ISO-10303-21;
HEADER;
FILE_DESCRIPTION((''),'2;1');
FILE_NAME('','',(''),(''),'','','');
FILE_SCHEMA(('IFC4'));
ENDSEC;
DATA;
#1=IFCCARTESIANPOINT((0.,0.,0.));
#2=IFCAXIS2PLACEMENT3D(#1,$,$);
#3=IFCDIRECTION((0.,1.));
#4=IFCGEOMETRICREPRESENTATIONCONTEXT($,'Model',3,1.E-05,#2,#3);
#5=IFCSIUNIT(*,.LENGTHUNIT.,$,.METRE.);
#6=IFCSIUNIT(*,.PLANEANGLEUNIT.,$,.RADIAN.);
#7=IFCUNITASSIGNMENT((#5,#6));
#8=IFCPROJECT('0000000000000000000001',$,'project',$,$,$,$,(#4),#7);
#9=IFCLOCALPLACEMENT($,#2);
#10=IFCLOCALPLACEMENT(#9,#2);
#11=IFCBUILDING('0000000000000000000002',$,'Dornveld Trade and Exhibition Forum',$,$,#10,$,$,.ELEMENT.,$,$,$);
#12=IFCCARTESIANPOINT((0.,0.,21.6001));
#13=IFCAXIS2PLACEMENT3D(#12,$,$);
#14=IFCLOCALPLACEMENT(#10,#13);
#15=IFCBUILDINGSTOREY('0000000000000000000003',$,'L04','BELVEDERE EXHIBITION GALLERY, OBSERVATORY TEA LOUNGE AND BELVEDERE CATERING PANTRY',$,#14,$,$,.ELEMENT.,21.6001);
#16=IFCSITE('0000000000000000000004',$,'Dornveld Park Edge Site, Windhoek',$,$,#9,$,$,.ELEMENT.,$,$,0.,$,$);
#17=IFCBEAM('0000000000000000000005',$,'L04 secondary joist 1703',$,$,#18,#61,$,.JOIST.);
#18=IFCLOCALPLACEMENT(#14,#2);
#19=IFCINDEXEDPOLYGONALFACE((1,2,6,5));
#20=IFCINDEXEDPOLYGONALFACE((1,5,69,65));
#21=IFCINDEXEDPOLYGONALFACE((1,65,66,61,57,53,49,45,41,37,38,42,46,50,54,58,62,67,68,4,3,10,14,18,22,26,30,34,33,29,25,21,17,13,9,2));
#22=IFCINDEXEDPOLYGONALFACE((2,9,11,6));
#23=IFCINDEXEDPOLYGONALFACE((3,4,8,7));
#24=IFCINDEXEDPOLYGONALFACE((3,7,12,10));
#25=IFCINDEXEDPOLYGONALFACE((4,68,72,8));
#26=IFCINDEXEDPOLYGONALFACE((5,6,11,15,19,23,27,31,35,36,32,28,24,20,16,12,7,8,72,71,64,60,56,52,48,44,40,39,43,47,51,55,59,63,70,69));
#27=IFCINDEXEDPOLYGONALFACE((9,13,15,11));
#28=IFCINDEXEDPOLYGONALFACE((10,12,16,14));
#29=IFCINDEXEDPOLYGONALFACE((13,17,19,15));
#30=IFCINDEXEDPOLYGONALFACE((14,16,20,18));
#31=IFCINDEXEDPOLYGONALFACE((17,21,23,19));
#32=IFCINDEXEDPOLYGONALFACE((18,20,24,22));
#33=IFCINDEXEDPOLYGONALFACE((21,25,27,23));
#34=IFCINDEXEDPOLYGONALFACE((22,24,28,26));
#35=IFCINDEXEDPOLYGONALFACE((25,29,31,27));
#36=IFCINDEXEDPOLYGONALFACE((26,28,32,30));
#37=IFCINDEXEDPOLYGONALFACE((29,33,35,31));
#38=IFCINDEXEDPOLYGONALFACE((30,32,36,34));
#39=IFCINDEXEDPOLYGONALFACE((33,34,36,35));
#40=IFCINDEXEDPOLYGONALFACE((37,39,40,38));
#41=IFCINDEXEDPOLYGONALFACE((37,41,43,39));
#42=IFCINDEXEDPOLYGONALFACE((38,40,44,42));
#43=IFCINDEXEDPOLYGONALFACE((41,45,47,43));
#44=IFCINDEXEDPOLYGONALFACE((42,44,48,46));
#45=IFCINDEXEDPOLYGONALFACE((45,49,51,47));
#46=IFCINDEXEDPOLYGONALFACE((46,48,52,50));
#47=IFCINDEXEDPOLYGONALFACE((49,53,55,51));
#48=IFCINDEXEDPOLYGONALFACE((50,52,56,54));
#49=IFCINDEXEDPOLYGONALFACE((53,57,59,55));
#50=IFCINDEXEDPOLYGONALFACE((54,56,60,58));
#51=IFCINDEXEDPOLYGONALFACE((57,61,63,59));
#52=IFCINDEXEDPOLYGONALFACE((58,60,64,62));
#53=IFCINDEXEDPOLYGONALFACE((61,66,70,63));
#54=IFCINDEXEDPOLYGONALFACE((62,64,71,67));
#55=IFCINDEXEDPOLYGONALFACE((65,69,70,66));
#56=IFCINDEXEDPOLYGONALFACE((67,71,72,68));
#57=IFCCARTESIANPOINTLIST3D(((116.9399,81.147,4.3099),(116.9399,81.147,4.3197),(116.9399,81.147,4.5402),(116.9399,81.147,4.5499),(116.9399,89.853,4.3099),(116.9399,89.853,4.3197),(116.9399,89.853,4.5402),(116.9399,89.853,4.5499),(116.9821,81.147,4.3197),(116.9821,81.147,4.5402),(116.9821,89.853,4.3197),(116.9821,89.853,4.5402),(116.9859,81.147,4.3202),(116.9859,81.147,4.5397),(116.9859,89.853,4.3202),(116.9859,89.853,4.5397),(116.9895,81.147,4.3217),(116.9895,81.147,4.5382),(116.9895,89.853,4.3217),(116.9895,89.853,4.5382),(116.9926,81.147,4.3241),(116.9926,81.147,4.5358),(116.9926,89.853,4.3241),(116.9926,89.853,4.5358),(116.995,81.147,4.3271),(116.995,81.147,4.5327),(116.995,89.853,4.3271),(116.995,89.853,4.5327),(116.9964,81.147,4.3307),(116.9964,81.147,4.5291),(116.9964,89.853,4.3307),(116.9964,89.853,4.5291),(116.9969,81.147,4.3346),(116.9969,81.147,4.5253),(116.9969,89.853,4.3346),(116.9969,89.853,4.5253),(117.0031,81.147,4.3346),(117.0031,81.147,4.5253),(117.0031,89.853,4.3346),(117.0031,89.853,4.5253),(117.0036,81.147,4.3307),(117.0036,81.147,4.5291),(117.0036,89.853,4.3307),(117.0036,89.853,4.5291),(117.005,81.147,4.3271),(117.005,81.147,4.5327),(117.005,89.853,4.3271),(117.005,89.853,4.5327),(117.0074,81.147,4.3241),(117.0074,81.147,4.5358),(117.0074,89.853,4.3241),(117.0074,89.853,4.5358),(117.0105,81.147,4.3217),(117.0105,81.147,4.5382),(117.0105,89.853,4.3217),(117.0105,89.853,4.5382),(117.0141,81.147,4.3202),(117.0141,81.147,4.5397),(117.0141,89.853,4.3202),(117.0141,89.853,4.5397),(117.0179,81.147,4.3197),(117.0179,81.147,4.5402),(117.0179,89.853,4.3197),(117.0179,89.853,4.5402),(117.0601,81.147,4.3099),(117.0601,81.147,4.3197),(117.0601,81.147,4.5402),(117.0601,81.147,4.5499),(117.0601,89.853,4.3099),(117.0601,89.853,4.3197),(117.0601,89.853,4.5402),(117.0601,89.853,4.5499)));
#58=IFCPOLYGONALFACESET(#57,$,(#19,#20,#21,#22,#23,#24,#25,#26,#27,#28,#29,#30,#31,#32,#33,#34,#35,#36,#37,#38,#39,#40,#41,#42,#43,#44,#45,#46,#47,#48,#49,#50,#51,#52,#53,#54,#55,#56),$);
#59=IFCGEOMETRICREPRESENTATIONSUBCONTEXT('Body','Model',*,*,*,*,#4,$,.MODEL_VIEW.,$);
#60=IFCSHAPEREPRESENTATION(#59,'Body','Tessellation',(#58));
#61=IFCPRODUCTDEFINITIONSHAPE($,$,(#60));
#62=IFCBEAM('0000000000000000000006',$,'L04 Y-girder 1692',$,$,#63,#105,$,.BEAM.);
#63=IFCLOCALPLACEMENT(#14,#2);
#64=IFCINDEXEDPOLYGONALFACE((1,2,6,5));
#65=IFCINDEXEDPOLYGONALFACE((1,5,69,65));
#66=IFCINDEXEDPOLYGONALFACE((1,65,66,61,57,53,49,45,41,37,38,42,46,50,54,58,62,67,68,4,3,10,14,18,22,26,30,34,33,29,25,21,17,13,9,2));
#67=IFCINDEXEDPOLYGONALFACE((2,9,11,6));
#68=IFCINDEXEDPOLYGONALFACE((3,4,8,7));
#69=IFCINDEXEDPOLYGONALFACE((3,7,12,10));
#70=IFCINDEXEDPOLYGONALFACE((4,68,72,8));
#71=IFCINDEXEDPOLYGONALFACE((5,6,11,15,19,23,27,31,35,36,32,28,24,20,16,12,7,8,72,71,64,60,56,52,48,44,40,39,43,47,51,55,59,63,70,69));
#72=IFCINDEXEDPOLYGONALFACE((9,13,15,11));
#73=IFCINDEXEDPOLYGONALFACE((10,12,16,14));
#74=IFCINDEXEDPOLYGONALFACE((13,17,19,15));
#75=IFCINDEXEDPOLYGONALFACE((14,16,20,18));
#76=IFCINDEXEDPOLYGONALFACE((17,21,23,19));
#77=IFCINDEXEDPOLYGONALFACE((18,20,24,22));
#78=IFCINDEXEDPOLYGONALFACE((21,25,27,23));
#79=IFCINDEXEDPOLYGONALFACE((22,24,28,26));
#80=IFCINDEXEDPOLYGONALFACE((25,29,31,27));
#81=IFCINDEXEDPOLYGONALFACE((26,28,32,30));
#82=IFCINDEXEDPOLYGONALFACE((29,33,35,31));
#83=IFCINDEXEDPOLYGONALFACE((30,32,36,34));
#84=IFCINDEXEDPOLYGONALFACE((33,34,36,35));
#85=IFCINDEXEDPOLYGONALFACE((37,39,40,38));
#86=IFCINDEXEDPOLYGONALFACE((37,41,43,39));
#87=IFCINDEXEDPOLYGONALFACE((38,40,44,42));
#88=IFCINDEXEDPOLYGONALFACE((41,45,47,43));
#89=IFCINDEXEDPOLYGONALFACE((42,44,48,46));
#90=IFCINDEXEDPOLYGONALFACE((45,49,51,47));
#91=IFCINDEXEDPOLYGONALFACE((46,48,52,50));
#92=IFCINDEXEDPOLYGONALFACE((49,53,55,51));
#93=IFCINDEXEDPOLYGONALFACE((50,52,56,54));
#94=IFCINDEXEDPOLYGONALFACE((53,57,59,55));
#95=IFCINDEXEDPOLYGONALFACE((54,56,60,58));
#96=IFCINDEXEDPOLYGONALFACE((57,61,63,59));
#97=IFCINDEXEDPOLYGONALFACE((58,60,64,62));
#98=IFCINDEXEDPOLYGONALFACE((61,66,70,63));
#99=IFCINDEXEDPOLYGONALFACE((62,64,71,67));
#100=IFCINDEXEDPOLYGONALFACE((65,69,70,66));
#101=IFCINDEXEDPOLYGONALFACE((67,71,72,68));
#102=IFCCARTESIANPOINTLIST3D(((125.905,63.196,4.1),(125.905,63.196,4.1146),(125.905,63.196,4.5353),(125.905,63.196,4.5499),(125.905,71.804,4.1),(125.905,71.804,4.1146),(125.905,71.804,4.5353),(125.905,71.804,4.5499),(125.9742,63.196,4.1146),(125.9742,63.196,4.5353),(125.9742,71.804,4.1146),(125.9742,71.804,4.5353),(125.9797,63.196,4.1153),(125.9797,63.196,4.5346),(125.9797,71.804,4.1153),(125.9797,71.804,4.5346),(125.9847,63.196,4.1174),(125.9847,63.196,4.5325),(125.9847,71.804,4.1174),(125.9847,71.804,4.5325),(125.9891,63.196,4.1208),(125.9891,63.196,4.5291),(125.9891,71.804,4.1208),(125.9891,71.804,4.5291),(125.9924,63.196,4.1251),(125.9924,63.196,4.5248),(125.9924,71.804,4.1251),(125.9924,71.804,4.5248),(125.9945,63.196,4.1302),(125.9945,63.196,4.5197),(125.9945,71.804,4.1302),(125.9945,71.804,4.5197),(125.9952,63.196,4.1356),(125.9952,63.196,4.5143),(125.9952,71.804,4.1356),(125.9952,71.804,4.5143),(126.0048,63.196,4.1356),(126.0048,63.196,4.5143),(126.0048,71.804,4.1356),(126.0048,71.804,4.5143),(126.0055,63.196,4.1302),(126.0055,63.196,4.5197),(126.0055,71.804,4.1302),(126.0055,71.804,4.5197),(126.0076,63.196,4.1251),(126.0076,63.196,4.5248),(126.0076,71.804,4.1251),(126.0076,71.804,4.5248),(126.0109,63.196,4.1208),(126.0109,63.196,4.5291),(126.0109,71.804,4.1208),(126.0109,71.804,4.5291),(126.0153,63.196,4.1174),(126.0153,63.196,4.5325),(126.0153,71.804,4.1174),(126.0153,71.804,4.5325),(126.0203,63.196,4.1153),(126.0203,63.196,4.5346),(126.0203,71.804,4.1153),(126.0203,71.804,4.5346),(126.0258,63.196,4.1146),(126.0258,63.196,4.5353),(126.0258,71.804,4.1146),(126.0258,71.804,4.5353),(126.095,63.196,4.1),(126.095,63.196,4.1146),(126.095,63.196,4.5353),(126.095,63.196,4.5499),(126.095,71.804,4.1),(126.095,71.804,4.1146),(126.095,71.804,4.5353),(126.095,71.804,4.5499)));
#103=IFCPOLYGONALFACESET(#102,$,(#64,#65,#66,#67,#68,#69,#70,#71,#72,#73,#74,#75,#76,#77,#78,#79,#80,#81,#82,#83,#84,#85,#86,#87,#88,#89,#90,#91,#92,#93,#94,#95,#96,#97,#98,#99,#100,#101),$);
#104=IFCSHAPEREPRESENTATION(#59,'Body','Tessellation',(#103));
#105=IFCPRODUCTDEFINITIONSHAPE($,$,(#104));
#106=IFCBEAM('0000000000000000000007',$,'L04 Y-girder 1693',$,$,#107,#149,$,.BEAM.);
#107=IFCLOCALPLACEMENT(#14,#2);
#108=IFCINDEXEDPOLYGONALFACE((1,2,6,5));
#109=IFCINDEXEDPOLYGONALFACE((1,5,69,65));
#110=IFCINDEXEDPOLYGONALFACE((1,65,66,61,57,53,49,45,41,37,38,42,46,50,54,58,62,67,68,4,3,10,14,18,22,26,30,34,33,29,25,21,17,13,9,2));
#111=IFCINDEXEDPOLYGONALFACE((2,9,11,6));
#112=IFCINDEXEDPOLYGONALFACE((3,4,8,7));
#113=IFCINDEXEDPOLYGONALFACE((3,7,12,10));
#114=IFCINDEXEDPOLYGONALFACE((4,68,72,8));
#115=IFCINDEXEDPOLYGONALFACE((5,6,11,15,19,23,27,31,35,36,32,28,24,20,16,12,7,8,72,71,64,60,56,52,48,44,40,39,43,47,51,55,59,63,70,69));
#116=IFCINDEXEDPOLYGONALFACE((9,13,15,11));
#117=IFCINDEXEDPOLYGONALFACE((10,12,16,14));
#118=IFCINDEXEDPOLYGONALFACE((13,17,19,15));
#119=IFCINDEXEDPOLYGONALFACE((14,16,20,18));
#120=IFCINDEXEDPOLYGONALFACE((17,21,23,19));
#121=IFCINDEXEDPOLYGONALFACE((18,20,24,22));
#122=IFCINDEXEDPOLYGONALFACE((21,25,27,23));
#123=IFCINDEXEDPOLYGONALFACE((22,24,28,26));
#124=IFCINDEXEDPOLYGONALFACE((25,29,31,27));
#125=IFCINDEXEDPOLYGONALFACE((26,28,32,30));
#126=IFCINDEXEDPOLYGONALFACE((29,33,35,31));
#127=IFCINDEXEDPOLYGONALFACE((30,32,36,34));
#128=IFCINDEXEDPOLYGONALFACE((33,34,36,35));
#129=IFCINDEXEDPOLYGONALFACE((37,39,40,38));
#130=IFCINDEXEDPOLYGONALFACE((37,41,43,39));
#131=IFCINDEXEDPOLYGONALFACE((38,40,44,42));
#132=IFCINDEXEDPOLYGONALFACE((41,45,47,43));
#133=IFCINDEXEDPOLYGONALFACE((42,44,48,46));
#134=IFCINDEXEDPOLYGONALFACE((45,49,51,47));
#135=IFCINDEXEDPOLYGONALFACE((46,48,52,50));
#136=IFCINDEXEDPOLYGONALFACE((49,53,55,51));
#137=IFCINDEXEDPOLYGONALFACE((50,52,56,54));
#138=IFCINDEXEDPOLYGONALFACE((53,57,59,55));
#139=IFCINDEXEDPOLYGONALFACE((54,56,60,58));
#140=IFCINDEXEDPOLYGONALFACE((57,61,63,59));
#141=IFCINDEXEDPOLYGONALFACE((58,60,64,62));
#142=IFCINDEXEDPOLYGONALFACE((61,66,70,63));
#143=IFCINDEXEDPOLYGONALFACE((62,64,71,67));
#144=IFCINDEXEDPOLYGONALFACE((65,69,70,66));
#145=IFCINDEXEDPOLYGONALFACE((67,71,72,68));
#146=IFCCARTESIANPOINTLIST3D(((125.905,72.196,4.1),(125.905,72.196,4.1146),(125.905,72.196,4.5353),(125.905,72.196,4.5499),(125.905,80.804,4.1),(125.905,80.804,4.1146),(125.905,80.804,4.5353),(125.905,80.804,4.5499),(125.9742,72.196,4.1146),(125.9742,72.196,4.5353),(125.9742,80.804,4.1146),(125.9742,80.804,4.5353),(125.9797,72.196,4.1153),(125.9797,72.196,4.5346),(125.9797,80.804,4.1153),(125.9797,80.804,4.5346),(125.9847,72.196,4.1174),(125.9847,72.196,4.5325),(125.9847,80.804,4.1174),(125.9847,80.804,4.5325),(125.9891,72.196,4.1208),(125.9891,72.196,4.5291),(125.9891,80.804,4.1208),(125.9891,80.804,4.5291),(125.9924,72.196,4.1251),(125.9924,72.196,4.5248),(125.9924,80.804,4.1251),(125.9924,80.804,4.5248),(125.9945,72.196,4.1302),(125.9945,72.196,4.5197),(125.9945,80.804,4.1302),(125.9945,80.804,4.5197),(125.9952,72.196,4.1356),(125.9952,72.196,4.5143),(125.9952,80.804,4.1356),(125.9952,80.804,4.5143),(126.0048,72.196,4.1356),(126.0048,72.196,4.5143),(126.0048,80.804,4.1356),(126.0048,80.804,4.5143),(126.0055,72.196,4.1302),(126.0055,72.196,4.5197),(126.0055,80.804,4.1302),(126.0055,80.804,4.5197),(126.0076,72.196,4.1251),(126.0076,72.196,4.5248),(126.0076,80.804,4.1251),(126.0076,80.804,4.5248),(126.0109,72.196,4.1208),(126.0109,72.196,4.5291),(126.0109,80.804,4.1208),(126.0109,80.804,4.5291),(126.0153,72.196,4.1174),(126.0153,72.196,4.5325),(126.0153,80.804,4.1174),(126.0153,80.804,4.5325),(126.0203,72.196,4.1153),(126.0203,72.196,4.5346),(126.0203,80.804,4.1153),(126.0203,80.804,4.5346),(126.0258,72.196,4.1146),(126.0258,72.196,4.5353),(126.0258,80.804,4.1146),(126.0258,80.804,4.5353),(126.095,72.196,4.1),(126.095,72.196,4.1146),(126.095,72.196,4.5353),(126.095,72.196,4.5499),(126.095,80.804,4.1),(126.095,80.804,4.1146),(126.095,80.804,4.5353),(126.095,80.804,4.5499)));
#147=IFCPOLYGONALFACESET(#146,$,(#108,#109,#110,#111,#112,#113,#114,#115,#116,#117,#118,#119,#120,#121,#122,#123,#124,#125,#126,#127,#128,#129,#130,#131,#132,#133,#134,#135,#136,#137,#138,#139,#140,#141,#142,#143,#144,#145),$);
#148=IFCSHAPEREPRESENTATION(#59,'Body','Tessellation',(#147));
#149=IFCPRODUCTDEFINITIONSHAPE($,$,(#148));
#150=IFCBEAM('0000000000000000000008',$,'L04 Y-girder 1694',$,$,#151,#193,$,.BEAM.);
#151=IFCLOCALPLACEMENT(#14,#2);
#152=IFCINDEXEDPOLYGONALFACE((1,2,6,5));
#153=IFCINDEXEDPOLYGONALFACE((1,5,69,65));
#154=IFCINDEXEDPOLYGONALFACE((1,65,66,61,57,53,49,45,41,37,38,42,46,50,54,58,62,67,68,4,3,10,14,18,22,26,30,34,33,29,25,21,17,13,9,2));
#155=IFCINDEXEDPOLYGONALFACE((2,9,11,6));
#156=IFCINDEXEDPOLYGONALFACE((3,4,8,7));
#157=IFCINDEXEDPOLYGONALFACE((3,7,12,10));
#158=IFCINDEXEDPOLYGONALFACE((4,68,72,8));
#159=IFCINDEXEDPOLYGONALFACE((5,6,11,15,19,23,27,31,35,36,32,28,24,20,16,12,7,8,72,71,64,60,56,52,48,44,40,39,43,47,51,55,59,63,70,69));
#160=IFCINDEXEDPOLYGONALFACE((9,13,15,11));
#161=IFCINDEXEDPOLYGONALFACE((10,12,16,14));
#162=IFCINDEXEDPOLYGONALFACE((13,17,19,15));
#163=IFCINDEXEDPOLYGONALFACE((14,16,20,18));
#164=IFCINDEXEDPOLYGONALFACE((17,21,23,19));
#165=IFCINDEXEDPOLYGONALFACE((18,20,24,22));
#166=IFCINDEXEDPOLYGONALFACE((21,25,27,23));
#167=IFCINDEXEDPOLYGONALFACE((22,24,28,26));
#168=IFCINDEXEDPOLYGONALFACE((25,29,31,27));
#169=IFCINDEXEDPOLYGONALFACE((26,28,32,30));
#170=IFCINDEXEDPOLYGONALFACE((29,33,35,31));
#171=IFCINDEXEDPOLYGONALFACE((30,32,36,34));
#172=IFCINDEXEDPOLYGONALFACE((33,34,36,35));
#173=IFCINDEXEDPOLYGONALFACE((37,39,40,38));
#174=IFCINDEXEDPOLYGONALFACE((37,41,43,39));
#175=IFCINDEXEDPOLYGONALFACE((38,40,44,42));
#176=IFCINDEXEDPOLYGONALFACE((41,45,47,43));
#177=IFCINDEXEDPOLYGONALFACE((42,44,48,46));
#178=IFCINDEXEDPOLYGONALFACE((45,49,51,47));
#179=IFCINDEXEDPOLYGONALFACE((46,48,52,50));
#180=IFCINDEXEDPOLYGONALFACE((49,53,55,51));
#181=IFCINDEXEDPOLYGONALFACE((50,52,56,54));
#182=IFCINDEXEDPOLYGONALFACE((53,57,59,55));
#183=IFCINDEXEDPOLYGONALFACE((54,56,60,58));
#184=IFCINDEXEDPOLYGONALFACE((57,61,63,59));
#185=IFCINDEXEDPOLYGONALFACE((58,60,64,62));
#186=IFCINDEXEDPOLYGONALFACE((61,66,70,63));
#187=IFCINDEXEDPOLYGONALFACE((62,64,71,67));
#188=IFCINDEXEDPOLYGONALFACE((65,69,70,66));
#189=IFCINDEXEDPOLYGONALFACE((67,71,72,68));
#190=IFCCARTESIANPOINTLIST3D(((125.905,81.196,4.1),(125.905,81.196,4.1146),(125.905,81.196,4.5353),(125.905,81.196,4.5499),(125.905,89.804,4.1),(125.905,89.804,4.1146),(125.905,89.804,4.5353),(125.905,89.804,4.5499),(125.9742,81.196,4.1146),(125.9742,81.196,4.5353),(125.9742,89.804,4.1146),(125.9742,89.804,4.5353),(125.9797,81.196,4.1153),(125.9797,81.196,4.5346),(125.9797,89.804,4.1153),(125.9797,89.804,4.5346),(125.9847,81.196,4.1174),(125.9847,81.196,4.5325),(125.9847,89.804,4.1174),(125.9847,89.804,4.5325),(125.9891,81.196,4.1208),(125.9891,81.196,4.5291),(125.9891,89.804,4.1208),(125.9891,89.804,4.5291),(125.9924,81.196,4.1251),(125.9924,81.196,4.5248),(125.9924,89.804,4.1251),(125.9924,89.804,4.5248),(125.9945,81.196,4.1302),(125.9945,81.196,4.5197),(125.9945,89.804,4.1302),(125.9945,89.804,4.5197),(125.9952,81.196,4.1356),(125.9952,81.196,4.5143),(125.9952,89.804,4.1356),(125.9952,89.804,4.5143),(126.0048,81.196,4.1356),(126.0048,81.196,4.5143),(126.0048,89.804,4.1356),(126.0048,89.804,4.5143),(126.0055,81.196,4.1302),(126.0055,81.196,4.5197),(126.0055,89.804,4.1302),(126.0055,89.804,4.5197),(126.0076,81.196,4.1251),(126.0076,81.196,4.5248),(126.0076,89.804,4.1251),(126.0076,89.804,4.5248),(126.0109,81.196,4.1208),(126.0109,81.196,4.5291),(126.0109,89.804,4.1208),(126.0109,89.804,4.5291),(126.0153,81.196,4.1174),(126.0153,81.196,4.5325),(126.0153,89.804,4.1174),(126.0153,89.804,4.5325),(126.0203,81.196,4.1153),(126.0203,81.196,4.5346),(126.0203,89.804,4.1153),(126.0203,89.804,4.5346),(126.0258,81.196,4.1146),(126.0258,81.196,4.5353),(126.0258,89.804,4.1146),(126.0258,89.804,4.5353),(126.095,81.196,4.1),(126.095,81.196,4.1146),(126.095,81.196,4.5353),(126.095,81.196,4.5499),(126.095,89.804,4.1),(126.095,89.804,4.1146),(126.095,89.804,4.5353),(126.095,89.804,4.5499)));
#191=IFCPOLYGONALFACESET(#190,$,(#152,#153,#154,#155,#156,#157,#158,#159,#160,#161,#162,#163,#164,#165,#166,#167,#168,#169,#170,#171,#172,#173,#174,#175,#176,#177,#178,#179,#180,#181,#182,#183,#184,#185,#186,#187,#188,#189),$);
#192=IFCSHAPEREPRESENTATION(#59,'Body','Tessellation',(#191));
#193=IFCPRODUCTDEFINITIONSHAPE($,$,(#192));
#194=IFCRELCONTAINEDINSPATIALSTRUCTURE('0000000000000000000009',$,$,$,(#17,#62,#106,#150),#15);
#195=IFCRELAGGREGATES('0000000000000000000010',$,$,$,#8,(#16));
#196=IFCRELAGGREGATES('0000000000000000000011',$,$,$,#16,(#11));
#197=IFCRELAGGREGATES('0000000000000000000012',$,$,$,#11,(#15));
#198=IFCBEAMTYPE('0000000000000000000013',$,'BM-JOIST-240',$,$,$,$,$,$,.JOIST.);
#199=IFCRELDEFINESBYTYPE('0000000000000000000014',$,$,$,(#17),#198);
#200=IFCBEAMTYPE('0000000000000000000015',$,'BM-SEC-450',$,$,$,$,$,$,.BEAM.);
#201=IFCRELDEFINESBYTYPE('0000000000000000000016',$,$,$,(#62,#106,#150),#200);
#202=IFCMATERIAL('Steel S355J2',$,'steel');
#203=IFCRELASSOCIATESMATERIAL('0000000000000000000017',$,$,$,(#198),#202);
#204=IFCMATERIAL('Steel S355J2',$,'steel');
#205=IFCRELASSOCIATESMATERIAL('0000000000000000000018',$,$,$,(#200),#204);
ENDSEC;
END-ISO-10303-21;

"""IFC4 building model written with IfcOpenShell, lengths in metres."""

from ifc_helpers import new_model, si_unit, direction, frame, origin, origin_2d, place, context, subcontext, project, spatial, i_section, extrude, material, material_profile, profile_set, type_object, element, save


model = new_model("IFC4")

# Units and contexts
model_context = context("Model", 3, precision=1e-05, world=origin(), true_north=direction((0.0, 1.0)))
body_context = subcontext(model_context, "Body", "Model", "MODEL_VIEW")
ifc_project = project(units=[si_unit("LENGTHUNIT", "METRE"), si_unit("PLANEANGLEUNIT", "RADIAN")], contexts=[model_context])

# Site, building, storey
site_placement = place(None, origin())
site = spatial("IfcSite", under=ifc_project, at=site_placement, Name="Dornveld Park Edge Site, Windhoek", CompositionType="ELEMENT", RefElevation=0.0)
building_placement = place(site_placement, origin())
building = spatial("IfcBuilding", under=site, at=building_placement, Name="Dornveld Trade and Exhibition Forum", CompositionType="ELEMENT")
storey_placement = place(building_placement, frame((0.0, 0.0, 21.6001)))
storey = spatial("IfcBuildingStorey", under=building, at=storey_placement, Name="L04", Description="BELVEDERE EXHIBITION GALLERY, OBSERVATORY TEA LOUNGE AND BELVEDERE CATERING PANTRY", CompositionType="ELEMENT", Elevation=21.6001)

# Beams
ifc_material_1 = material(Name="Steel S355J2", Category="steel")
ifc_material_profile_1 = material_profile(ifc_material_1, i_section(OverallWidth=0.1201, OverallDepth=0.24, WebThickness=0.0061, FlangeThickness=0.0098, FilletRadius=0.0149, at=origin_2d()), Name="IPE 240")
ifc_profile_set_1 = profile_set([ifc_material_profile_1], Name="Steel S355J2")
beam_type_1 = type_object("IfcBeamType", Name="BM-JOIST-240", PredefinedType="JOIST", material=ifc_profile_set_1)
for number, where, z_axis, x_axis, name in (
    (1, (117.0, 81.147, 4.4299), (0.0, 1.0, 0.0), (-1.0, 0.0, 0.0), "L04 secondary joist 1703"),
):
    element("IfcBeam", number, at=place(storey_placement, frame(where, z_axis=z_axis, x_axis=x_axis)), inside=storey, type_object=beam_type_1, Name=name, PredefinedType="JOIST", context=body_context, shape_type="SweptSolid", body=[
        extrude(i_section(OverallWidth=0.1201, OverallDepth=0.24, WebThickness=0.0061, FlangeThickness=0.0098, FilletRadius=0.0149, at=origin_2d()), origin(), (0.0, 0.0, 1.0), 8.7061),
    ])
ifc_material_2 = material(Name="Steel S355J2", Category="steel")
ifc_material_profile_2 = material_profile(ifc_material_2, i_section(OverallWidth=0.1899, OverallDepth=0.45, WebThickness=0.0095, FlangeThickness=0.0146, FilletRadius=0.021, at=origin_2d()), Name="IPE 450")
ifc_profile_set_2 = profile_set([ifc_material_profile_2], Name="Steel S355J2")
beam_type_2 = type_object("IfcBeamType", Name="BM-SEC-450", PredefinedType="BEAM", material=ifc_profile_set_2)
for number, where, z_axis, x_axis, name in (
    (2, (126.0, 63.196, 4.325), (0.0, 1.0, 0.0), (-1.0, 0.0, 0.0), "L04 Y-girder 1692"),
    (3, (126.0, 72.196, 4.325), (0.0, 1.0, 0.0), (-1.0, 0.0, 0.0), "L04 Y-girder 1693"),
    (4, (126.0, 81.196, 4.325), (0.0, 1.0, 0.0), (-1.0, 0.0, 0.0), "L04 Y-girder 1694"),
):
    element("IfcBeam", number, at=place(storey_placement, frame(where, z_axis=z_axis, x_axis=x_axis)), inside=storey, type_object=beam_type_2, Name=name, PredefinedType="BEAM", context=body_context, shape_type="SweptSolid", body=[
        extrude(i_section(OverallWidth=0.1899, OverallDepth=0.45, WebThickness=0.0095, FlangeThickness=0.0146, FilletRadius=0.021, at=origin_2d()), origin(), (0.0, 0.0, 1.0), 8.6079),
    ])

save(model, "model.ifc")
